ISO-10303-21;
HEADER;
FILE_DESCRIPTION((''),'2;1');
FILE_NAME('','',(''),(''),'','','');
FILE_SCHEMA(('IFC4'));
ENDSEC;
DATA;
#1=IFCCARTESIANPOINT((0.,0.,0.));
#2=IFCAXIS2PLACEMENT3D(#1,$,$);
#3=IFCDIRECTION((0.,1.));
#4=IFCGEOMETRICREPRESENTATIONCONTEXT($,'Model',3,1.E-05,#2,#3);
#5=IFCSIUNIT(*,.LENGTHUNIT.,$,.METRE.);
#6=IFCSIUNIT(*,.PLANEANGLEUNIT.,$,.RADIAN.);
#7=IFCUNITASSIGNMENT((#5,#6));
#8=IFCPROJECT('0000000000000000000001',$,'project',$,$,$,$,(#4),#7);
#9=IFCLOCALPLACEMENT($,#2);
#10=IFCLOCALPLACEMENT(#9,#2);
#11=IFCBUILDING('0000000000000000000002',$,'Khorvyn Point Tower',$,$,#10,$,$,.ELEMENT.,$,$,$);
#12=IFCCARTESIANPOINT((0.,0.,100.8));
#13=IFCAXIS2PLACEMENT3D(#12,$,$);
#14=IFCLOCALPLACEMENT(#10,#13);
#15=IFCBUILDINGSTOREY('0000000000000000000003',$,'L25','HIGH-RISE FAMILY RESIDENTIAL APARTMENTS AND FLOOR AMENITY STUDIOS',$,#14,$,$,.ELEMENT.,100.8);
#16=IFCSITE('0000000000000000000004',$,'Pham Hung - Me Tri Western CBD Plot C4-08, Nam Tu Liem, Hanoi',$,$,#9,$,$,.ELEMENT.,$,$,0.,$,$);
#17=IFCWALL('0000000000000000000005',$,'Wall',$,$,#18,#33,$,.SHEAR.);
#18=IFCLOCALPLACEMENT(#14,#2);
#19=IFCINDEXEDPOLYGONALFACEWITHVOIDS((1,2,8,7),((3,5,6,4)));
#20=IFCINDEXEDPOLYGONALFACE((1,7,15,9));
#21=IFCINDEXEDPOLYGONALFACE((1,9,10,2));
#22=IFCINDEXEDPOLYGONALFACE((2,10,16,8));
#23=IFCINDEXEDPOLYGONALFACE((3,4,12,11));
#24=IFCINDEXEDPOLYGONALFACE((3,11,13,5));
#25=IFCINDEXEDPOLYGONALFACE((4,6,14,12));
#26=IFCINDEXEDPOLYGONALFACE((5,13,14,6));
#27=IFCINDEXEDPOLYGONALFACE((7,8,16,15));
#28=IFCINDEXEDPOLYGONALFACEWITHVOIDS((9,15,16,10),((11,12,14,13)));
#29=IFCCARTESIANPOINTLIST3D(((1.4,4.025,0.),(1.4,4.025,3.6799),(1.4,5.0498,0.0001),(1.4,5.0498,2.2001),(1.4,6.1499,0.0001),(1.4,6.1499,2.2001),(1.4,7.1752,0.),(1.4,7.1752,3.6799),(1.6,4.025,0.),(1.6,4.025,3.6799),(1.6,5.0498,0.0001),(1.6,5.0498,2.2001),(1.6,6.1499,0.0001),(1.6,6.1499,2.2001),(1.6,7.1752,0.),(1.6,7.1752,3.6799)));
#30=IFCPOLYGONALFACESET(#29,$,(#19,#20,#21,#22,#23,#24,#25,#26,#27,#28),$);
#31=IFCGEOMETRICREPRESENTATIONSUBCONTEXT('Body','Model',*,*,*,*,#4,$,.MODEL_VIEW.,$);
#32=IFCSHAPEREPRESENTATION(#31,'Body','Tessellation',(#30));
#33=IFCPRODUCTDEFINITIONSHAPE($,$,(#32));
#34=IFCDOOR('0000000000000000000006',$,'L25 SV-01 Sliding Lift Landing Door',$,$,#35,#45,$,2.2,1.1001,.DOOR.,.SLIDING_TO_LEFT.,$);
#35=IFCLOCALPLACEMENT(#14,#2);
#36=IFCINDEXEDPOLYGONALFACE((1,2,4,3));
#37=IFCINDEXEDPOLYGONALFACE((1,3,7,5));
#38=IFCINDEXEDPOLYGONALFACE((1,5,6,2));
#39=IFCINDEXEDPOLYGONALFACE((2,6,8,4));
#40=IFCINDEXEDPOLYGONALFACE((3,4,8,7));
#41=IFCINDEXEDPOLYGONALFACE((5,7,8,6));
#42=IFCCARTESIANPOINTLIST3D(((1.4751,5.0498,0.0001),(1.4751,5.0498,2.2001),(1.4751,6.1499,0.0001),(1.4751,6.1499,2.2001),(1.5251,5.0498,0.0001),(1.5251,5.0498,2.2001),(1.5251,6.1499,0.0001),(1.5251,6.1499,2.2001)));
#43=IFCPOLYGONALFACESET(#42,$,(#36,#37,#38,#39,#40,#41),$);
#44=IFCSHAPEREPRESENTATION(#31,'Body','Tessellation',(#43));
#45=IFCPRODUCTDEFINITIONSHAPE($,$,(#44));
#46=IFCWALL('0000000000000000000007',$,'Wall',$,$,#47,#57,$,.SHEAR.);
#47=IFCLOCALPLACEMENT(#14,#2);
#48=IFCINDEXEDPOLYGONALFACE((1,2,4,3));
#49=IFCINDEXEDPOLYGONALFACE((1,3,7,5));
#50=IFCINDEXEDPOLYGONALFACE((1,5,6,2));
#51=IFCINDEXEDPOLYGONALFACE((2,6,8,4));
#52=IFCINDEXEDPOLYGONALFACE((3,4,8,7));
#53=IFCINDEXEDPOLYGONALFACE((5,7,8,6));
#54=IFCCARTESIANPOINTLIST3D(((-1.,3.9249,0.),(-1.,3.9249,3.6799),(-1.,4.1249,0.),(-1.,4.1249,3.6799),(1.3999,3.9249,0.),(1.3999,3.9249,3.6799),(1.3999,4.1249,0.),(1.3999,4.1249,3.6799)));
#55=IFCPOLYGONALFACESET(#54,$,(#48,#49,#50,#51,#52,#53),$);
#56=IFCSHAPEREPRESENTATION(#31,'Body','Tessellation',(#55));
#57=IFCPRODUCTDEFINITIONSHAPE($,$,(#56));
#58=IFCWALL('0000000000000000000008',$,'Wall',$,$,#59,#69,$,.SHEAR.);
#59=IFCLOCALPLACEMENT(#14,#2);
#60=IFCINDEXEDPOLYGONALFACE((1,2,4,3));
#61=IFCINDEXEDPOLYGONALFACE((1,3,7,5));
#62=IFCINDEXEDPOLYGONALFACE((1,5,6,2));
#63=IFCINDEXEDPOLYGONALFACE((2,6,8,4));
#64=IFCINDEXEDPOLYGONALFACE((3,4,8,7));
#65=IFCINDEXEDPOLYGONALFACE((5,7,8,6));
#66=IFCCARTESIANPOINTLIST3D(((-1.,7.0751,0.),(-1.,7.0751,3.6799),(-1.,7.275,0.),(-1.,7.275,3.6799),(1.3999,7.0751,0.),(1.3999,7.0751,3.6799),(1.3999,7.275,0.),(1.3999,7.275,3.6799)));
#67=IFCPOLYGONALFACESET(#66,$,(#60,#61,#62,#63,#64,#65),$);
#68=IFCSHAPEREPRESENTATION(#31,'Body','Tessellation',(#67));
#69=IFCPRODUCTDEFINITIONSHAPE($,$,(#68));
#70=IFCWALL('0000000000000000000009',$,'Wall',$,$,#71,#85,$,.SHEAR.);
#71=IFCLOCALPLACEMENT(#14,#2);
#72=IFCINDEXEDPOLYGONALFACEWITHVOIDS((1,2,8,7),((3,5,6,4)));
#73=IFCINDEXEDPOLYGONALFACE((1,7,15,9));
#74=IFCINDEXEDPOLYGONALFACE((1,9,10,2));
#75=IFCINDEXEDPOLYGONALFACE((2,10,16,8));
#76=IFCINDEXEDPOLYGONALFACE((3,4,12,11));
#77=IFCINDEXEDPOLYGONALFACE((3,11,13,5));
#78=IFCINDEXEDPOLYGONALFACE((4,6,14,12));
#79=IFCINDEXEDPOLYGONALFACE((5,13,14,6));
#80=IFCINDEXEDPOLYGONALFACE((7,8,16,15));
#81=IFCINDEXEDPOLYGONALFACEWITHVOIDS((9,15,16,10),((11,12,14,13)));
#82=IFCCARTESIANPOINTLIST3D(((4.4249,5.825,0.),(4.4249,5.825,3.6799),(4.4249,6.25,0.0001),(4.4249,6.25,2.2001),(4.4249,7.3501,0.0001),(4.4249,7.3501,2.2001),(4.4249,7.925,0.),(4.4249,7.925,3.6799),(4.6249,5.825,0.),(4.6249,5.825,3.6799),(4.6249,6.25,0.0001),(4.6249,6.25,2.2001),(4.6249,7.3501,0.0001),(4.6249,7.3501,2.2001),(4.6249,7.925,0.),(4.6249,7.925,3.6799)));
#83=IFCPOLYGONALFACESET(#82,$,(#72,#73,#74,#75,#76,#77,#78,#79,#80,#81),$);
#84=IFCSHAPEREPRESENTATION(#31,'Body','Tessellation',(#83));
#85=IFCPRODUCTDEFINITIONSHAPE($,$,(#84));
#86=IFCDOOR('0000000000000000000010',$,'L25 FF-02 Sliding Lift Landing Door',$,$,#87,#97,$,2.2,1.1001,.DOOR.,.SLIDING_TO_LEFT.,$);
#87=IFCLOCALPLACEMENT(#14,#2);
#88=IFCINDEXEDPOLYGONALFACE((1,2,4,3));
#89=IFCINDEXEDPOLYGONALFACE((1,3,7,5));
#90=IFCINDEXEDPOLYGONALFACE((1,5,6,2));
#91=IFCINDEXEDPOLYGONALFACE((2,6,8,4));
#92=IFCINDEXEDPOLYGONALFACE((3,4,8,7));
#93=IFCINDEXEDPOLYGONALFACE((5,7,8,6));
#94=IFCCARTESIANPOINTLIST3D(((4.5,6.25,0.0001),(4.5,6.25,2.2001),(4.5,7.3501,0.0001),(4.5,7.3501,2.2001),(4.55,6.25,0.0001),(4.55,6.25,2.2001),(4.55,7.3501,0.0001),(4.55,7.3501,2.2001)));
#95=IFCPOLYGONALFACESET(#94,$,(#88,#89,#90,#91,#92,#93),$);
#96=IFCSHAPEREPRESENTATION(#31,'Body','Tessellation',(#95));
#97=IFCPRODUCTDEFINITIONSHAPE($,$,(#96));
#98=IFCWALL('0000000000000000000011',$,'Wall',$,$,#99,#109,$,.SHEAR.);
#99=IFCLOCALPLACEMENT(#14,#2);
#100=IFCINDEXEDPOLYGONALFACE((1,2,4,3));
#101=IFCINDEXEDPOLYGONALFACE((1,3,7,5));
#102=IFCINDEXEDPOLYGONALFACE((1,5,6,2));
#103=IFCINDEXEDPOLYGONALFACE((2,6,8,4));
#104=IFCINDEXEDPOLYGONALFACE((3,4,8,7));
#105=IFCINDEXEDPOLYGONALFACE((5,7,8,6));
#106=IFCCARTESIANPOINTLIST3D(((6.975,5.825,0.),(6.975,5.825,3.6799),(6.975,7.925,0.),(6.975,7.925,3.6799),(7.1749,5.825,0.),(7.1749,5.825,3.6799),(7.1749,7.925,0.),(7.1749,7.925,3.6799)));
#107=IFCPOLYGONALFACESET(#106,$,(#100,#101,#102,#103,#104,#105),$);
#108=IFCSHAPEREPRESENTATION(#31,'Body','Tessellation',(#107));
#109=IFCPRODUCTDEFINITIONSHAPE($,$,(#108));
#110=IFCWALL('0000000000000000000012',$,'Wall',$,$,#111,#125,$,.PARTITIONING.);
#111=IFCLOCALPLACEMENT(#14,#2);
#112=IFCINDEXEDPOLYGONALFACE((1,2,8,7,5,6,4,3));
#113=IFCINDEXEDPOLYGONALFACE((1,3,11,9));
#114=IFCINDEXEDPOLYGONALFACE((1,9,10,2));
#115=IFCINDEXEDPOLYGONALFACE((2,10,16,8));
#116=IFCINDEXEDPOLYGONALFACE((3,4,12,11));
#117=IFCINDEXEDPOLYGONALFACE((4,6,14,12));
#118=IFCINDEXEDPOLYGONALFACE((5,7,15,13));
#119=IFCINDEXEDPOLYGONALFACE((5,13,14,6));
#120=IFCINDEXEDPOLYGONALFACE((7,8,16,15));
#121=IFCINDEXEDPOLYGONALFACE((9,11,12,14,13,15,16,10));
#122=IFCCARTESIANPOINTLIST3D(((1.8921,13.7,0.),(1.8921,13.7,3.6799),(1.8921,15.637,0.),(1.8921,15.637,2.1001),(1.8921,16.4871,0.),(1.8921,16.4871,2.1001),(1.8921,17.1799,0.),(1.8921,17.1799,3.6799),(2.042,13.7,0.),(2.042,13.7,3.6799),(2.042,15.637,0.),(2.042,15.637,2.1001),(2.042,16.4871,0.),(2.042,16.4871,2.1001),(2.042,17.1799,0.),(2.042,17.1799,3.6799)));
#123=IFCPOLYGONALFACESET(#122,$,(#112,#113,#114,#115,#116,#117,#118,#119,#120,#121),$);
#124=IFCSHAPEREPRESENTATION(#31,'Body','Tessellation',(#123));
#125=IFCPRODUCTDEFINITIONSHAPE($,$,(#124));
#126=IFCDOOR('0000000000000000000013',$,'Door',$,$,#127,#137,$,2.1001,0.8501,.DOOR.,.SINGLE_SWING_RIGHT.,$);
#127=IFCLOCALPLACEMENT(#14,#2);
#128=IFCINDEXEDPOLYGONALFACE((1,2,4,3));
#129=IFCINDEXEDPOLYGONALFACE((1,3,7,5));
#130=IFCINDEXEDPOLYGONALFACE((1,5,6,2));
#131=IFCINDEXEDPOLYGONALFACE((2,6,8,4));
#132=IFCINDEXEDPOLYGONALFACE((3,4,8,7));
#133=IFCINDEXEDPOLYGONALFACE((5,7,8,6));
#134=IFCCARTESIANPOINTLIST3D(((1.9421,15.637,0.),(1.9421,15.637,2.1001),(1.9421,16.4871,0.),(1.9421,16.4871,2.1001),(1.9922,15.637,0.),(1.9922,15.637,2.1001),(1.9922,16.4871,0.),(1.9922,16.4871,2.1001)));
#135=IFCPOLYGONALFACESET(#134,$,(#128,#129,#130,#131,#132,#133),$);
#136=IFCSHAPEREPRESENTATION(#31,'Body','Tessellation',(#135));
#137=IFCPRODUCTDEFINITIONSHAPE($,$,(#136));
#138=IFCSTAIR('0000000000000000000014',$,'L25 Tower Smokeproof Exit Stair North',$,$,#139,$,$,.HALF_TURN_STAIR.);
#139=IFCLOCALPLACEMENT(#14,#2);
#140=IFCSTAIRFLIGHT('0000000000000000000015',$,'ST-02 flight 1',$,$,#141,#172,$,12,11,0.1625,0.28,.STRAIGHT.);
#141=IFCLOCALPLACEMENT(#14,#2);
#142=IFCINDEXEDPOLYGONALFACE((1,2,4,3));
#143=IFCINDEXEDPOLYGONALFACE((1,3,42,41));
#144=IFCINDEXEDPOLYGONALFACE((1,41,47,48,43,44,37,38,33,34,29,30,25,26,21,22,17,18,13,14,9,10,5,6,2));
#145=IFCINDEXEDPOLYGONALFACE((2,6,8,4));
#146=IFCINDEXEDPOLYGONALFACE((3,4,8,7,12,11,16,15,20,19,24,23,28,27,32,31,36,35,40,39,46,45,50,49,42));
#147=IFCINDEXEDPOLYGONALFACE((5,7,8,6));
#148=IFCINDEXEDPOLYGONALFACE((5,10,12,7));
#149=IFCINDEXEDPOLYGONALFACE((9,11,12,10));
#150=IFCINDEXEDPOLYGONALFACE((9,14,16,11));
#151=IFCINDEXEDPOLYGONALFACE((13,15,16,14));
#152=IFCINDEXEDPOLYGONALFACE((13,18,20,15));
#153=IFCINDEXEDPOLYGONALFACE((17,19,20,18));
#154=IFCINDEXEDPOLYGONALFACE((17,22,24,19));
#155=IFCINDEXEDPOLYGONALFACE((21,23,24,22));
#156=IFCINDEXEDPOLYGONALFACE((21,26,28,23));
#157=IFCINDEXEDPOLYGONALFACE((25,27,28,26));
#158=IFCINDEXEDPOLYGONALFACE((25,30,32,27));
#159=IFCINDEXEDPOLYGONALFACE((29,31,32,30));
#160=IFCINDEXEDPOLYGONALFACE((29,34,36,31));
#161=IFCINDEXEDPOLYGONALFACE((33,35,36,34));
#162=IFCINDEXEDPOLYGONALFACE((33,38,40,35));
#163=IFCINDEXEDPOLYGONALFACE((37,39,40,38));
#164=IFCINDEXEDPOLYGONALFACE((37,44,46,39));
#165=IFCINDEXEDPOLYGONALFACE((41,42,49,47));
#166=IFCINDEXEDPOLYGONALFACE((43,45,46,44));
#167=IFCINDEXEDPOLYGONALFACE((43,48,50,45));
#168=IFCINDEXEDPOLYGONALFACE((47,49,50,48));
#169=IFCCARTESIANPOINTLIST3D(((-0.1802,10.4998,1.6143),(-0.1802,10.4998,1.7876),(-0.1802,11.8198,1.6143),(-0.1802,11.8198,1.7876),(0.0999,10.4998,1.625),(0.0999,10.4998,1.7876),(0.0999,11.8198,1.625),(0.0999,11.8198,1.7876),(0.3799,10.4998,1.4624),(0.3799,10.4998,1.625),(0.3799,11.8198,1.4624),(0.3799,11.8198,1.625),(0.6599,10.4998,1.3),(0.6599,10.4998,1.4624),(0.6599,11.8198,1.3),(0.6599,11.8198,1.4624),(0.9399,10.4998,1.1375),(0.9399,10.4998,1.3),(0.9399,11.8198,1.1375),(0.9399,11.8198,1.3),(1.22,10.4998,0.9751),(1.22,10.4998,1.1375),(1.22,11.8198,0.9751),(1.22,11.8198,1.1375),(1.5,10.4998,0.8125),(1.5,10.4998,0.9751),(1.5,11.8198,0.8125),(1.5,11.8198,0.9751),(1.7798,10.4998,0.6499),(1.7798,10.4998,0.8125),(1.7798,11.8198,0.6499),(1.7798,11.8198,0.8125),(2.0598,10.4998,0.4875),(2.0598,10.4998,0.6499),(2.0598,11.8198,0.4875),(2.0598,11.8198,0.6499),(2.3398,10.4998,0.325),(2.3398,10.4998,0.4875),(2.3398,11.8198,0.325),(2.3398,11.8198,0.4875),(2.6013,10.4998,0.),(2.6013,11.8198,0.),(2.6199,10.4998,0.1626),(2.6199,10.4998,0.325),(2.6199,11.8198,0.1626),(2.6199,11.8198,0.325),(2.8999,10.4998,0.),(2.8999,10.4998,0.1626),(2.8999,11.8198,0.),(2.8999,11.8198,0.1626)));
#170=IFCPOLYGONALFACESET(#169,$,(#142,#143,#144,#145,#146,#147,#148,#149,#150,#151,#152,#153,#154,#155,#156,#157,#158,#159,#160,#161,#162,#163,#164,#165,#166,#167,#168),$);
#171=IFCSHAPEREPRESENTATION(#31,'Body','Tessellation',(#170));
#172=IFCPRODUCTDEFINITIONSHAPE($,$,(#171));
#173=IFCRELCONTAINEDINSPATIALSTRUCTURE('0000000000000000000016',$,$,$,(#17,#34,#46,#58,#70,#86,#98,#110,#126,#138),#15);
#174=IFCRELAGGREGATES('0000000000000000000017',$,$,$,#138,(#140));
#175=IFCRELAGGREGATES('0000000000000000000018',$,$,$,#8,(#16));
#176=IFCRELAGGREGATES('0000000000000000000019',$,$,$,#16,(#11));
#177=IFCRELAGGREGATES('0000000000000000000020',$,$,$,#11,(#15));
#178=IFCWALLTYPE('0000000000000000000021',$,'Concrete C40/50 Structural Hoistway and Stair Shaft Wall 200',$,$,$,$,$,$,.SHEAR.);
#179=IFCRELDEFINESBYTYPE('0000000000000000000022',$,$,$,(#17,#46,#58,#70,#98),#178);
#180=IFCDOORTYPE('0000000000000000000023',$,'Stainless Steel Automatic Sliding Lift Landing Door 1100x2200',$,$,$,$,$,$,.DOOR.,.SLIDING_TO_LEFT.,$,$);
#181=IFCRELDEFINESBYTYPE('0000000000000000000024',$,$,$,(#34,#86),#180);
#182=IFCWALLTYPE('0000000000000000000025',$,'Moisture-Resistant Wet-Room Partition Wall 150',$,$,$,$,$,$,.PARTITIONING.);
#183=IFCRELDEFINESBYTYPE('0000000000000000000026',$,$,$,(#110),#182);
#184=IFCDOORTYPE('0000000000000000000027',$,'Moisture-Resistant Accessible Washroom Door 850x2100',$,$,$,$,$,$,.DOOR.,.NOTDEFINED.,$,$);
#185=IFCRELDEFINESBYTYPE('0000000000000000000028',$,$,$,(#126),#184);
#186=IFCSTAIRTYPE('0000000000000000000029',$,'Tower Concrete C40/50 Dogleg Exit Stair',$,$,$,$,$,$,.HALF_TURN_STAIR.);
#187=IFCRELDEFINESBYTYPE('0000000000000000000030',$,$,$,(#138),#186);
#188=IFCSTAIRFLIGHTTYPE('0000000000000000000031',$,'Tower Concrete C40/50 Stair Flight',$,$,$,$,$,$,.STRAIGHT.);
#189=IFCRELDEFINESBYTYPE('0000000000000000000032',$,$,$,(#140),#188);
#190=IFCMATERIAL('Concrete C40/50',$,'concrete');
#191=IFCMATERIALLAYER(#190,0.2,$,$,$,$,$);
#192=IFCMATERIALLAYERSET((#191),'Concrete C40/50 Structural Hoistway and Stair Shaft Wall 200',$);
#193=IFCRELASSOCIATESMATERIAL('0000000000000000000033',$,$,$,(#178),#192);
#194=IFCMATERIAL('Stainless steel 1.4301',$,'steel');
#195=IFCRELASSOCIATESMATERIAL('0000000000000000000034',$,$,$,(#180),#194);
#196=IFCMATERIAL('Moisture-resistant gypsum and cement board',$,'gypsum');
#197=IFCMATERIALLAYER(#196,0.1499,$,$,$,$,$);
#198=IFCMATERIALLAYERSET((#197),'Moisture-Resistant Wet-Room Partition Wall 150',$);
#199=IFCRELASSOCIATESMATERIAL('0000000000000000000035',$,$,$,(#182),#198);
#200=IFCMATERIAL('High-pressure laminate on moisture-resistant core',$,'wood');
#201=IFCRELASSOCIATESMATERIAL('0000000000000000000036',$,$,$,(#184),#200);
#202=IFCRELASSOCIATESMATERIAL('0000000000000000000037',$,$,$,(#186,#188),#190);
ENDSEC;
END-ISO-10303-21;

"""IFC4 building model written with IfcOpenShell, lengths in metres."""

from ifc_helpers import new_model, si_unit, direction, frame, frame_2d, origin, place, context, subcontext, project, spatial, polyline, rectangle, outline, extrude, material, layer, layer_set, type_object, element, fill, aggregate, save


model = new_model("IFC4")

# Units and contexts
model_context = context("Model", 3, precision=1e-05, world=origin(), true_north=direction((0.0, 1.0)))
body_context = subcontext(model_context, "Body", "Model", "MODEL_VIEW")
ifc_project = project(units=[si_unit("LENGTHUNIT", "METRE"), si_unit("PLANEANGLEUNIT", "RADIAN")], contexts=[model_context])

# Site, building, storey
site_placement = place(None, origin())
site = spatial("IfcSite", under=ifc_project, at=site_placement, Name="Pham Hung - Me Tri Western CBD Plot C4-08, Nam Tu Liem, Hanoi", CompositionType="ELEMENT", RefElevation=0.0)
building_placement = place(site_placement, origin())
building = spatial("IfcBuilding", under=site, at=building_placement, Name="Khorvyn Point Tower", CompositionType="ELEMENT")
storey_placement = place(building_placement, frame((0.0, 0.0, 100.8)))
storey = spatial("IfcBuildingStorey", under=building, at=storey_placement, Name="L25", Description="HIGH-RISE FAMILY RESIDENTIAL APARTMENTS AND FLOOR AMENITY STUDIOS", CompositionType="ELEMENT", Elevation=100.8)

# Shared definitions
ifc_material_1 = material(Name="Concrete C40/50", Category="concrete")

# Shared definitions
ifc_layer_1 = layer(ifc_material_1, 0.2)
ifc_layer_set_1 = layer_set([ifc_layer_1], Name="Concrete C40/50 Structural Hoistway and Stair Shaft Wall 200")
wall_type_1 = type_object("IfcWallType", Name="Concrete C40/50 Structural Hoistway and Stair Shaft Wall 200", PredefinedType="SHEAR", material=ifc_layer_set_1)

# Wall, opening, door
wall_1_placement = place(storey_placement, frame((1.5, 4.0249, 0.0), z_axis=(0.0, 0.0, 1.0), x_axis=(0.0, 1.0, 0.0)))
wall_1 = element("IfcWall", 1, at=wall_1_placement, inside=storey, type_object=wall_type_1, Name="Wall", PredefinedType="SHEAR", context=body_context, shape_type="SweptSolid", body=[
    extrude(rectangle(XDim=3.1501, YDim=0.2, at=frame_2d((1.5752, 0.0))), origin(), (0.0, 0.0, 1.0), 3.6799),
])
opening_1_placement = place(wall_1_placement, frame((1.0249, 0.0, 0.0)))
opening_1 = element("IfcOpeningElement", 2, at=opening_1_placement, cuts=wall_1, PredefinedType="OPENING", context=body_context, shape_type="SweptSolid", body=[
    extrude(rectangle(XDim=1.1001, YDim=2.2, at=frame_2d((0.55, 1.1001))), frame((0.0, 0.1099, 0.0), z_axis=(0.0, -1.0, 0.0), x_axis=(1.0, 0.0, 0.0)), (0.0, 0.0, 1.0), 0.22),
])
ifc_material_2 = material(Name="Stainless steel 1.4301", Category="steel")
door_type_1 = type_object("IfcDoorType", Name="Stainless Steel Automatic Sliding Lift Landing Door 1100x2200", OperationType="SLIDING_TO_LEFT", PredefinedType="DOOR", material=ifc_material_2)
door_1_placement = place(opening_1_placement, origin())
door_1 = element("IfcDoor", 3, at=door_1_placement, inside=storey, type_object=door_type_1, Name="L25 SV-01 Sliding Lift Landing Door", OperationType="SLIDING_TO_LEFT", OverallHeight=2.2, OverallWidth=1.1001, PredefinedType="DOOR", context=body_context, shape_type="SweptSolid", body=[
    extrude(rectangle(XDim=1.1001, YDim=2.2, at=frame_2d((0.55, 1.1001))), frame((0.0, 0.0249, 0.0), z_axis=(0.0, -1.0, 0.0), x_axis=(1.0, 0.0, 0.0)), (0.0, 0.0, 1.0), 0.05),
])
fill(opening_1, door_1)

# Walls
for number, where, z_axis, x_axis, name in (
    (4, (-1.0, 4.0249, 0.0), (0.0, 0.0, 1.0), (1.0, 0.0, 0.0), "Wall"),
    (5, (-1.0, 7.175, 0.0), (0.0, 0.0, 1.0), (1.0, 0.0, 0.0), "Wall"),
):
    element("IfcWall", number, at=place(storey_placement, frame(where, z_axis=z_axis, x_axis=x_axis)), inside=storey, type_object=wall_type_1, Name=name, PredefinedType="SHEAR", context=body_context, shape_type="SweptSolid", body=[
        extrude(rectangle(XDim=2.3999, YDim=0.2, at=frame_2d((1.2, 0.0))), origin(), (0.0, 0.0, 1.0), 3.6799),
    ])

# Wall, opening, door
wall_2_placement = place(storey_placement, frame((4.5249, 5.825, 0.0), z_axis=(0.0, 0.0, 1.0), x_axis=(0.0, 1.0, 0.0)))
wall_2 = element("IfcWall", 6, at=wall_2_placement, inside=storey, type_object=wall_type_1, Name="Wall", PredefinedType="SHEAR", context=body_context, shape_type="SweptSolid", body=[
    extrude(rectangle(XDim=2.1001, YDim=0.2, at=frame_2d((1.05, 0.0))), origin(), (0.0, 0.0, 1.0), 3.6799),
])
opening_2_placement = place(wall_2_placement, frame((0.425, 0.0, 0.0)))
opening_2 = element("IfcOpeningElement", 7, at=opening_2_placement, cuts=wall_2, PredefinedType="OPENING", context=body_context, shape_type="SweptSolid", body=[
    extrude(rectangle(XDim=1.1001, YDim=2.2, at=frame_2d((0.55, 1.1001))), frame((0.0, 0.1099, 0.0), z_axis=(0.0, -1.0, 0.0), x_axis=(1.0, 0.0, 0.0)), (0.0, 0.0, 1.0), 0.22),
])
door_2_placement = place(opening_2_placement, origin())
door_2 = element("IfcDoor", 8, at=door_2_placement, inside=storey, type_object=door_type_1, Name="L25 FF-02 Sliding Lift Landing Door", OperationType="SLIDING_TO_LEFT", OverallHeight=2.2, OverallWidth=1.1001, PredefinedType="DOOR", context=body_context, shape_type="SweptSolid", body=[
    extrude(rectangle(XDim=1.1001, YDim=2.2, at=frame_2d((0.55, 1.1001))), frame((0.0, 0.0249, 0.0), z_axis=(0.0, -1.0, 0.0), x_axis=(1.0, 0.0, 0.0)), (0.0, 0.0, 1.0), 0.05),
])
fill(opening_2, door_2)

# Wall
wall_3_placement = place(storey_placement, frame((7.075, 5.825, 0.0), z_axis=(0.0, 0.0, 1.0), x_axis=(0.0, 1.0, 0.0)))
element("IfcWall", 9, at=wall_3_placement, inside=storey, type_object=wall_type_1, Name="Wall", PredefinedType="SHEAR", context=body_context, shape_type="SweptSolid", body=[
    extrude(rectangle(XDim=2.1001, YDim=0.2, at=frame_2d((1.05, 0.0))), origin(), (0.0, 0.0, 1.0), 3.6799),
])

# Wall, opening, door
ifc_material_3 = material(Name="Moisture-resistant gypsum and cement board", Category="gypsum")
ifc_layer_2 = layer(ifc_material_3, 0.1499)
ifc_layer_set_2 = layer_set([ifc_layer_2], Name="Moisture-Resistant Wet-Room Partition Wall 150")
wall_type_2 = type_object("IfcWallType", Name="Moisture-Resistant Wet-Room Partition Wall 150", PredefinedType="PARTITIONING", material=ifc_layer_set_2)
wall_4_placement = place(storey_placement, frame((1.967, 13.7, 0.0), z_axis=(0.0, 0.0, 1.0), x_axis=(0.0, 1.0, 0.0)))
wall_4 = element("IfcWall", 10, at=wall_4_placement, inside=storey, type_object=wall_type_2, Name="Wall", PredefinedType="PARTITIONING", context=body_context, shape_type="SweptSolid", body=[
    extrude(rectangle(XDim=3.48, YDim=0.1499, at=frame_2d((1.74, 0.0))), origin(), (0.0, 0.0, 1.0), 3.6799),
])
opening_3_placement = place(wall_4_placement, frame((1.937, 0.0, 0.0)))
opening_3 = element("IfcOpeningElement", 11, at=opening_3_placement, cuts=wall_4, PredefinedType="OPENING", context=body_context, shape_type="SweptSolid", body=[
    extrude(rectangle(XDim=0.8501, YDim=2.1001, at=frame_2d((0.425, 1.05))), frame((0.0, 0.085, 0.0), z_axis=(0.0, -1.0, 0.0), x_axis=(1.0, 0.0, 0.0)), (0.0, 0.0, 1.0), 0.1699),
])
ifc_material_4 = material(Name="High-pressure laminate on moisture-resistant core", Category="wood")
door_type_2 = type_object("IfcDoorType", Name="Moisture-Resistant Accessible Washroom Door 850x2100", OperationType="NOTDEFINED", PredefinedType="DOOR", material=ifc_material_4)
door_3_placement = place(opening_3_placement, origin())
door_3 = element("IfcDoor", 12, at=door_3_placement, inside=storey, type_object=door_type_2, Name="Door", OperationType="SINGLE_SWING_RIGHT", OverallHeight=2.1001, OverallWidth=0.8501, PredefinedType="DOOR", context=body_context, shape_type="SweptSolid", body=[
    extrude(rectangle(XDim=0.8501, YDim=2.1001, at=frame_2d((0.425, 1.05))), frame((0.0, 0.0249, 0.0), z_axis=(0.0, -1.0, 0.0), x_axis=(1.0, 0.0, 0.0)), (0.0, 0.0, 1.0), 0.05),
])
fill(opening_3, door_3)

# Stair, stair flight
stair_type = type_object("IfcStairType", Name="Tower Concrete C40/50 Dogleg Exit Stair", PredefinedType="HALF_TURN_STAIR", material=ifc_material_1)
stair_placement = place(storey_placement, origin())
stair = element("IfcStair", 13, at=stair_placement, inside=storey, type_object=stair_type, Name="L25 Tower Smokeproof Exit Stair North", PredefinedType="HALF_TURN_STAIR")
stair_flight_type = type_object("IfcStairFlightType", Name="Tower Concrete C40/50 Stair Flight", PredefinedType="STRAIGHT", material=ifc_material_1)
stair_flight_1_placement = place(storey_placement, frame((2.8999, 11.1599, 0.0), z_axis=(0.0, 0.0, 1.0), x_axis=(-1.0, 0.0, 0.0)))
stair_flight_1 = element("IfcStairFlight", 14, at=stair_flight_1_placement, type_object=stair_flight_type, Name="ST-02 flight 1", NumberOfRisers=12, NumberOfTreads=11, PredefinedType="STRAIGHT", RiserHeight=0.1625, TreadLength=0.28, context=body_context, shape_type="SweptSolid", body=[
    extrude(outline(polyline([(0.0, 0.0), (0.0, 0.1626), (0.28, 0.1626), (0.28, 0.325), (0.5601, 0.325), (0.5601, 0.4875), (0.8401, 0.4875), (0.8401, 0.6499), (1.1201, 0.6499), (1.1201, 0.8125), (1.3999, 0.8125), (1.3999, 0.9751), (1.6799, 0.9751), (1.6799, 1.1375), (1.96, 1.1375), (1.96, 1.3), (2.24, 1.3), (2.24, 1.4624), (2.52, 1.4624), (2.52, 1.625), (2.8, 1.625), (2.8, 1.7876), (3.0801, 1.7876), (3.0801, 1.95), (3.0801, 1.6143), (0.2986, 0.0), (0.0, 0.0)])), frame((0.0, 0.6602, 0.0), z_axis=(0.0, -1.0, 0.0), x_axis=(1.0, 0.0, 0.0)), (0.0, 0.0, 1.0), 1.3201),
])
aggregate(stair, [stair_flight_1])

save(model, "model.ifc")
